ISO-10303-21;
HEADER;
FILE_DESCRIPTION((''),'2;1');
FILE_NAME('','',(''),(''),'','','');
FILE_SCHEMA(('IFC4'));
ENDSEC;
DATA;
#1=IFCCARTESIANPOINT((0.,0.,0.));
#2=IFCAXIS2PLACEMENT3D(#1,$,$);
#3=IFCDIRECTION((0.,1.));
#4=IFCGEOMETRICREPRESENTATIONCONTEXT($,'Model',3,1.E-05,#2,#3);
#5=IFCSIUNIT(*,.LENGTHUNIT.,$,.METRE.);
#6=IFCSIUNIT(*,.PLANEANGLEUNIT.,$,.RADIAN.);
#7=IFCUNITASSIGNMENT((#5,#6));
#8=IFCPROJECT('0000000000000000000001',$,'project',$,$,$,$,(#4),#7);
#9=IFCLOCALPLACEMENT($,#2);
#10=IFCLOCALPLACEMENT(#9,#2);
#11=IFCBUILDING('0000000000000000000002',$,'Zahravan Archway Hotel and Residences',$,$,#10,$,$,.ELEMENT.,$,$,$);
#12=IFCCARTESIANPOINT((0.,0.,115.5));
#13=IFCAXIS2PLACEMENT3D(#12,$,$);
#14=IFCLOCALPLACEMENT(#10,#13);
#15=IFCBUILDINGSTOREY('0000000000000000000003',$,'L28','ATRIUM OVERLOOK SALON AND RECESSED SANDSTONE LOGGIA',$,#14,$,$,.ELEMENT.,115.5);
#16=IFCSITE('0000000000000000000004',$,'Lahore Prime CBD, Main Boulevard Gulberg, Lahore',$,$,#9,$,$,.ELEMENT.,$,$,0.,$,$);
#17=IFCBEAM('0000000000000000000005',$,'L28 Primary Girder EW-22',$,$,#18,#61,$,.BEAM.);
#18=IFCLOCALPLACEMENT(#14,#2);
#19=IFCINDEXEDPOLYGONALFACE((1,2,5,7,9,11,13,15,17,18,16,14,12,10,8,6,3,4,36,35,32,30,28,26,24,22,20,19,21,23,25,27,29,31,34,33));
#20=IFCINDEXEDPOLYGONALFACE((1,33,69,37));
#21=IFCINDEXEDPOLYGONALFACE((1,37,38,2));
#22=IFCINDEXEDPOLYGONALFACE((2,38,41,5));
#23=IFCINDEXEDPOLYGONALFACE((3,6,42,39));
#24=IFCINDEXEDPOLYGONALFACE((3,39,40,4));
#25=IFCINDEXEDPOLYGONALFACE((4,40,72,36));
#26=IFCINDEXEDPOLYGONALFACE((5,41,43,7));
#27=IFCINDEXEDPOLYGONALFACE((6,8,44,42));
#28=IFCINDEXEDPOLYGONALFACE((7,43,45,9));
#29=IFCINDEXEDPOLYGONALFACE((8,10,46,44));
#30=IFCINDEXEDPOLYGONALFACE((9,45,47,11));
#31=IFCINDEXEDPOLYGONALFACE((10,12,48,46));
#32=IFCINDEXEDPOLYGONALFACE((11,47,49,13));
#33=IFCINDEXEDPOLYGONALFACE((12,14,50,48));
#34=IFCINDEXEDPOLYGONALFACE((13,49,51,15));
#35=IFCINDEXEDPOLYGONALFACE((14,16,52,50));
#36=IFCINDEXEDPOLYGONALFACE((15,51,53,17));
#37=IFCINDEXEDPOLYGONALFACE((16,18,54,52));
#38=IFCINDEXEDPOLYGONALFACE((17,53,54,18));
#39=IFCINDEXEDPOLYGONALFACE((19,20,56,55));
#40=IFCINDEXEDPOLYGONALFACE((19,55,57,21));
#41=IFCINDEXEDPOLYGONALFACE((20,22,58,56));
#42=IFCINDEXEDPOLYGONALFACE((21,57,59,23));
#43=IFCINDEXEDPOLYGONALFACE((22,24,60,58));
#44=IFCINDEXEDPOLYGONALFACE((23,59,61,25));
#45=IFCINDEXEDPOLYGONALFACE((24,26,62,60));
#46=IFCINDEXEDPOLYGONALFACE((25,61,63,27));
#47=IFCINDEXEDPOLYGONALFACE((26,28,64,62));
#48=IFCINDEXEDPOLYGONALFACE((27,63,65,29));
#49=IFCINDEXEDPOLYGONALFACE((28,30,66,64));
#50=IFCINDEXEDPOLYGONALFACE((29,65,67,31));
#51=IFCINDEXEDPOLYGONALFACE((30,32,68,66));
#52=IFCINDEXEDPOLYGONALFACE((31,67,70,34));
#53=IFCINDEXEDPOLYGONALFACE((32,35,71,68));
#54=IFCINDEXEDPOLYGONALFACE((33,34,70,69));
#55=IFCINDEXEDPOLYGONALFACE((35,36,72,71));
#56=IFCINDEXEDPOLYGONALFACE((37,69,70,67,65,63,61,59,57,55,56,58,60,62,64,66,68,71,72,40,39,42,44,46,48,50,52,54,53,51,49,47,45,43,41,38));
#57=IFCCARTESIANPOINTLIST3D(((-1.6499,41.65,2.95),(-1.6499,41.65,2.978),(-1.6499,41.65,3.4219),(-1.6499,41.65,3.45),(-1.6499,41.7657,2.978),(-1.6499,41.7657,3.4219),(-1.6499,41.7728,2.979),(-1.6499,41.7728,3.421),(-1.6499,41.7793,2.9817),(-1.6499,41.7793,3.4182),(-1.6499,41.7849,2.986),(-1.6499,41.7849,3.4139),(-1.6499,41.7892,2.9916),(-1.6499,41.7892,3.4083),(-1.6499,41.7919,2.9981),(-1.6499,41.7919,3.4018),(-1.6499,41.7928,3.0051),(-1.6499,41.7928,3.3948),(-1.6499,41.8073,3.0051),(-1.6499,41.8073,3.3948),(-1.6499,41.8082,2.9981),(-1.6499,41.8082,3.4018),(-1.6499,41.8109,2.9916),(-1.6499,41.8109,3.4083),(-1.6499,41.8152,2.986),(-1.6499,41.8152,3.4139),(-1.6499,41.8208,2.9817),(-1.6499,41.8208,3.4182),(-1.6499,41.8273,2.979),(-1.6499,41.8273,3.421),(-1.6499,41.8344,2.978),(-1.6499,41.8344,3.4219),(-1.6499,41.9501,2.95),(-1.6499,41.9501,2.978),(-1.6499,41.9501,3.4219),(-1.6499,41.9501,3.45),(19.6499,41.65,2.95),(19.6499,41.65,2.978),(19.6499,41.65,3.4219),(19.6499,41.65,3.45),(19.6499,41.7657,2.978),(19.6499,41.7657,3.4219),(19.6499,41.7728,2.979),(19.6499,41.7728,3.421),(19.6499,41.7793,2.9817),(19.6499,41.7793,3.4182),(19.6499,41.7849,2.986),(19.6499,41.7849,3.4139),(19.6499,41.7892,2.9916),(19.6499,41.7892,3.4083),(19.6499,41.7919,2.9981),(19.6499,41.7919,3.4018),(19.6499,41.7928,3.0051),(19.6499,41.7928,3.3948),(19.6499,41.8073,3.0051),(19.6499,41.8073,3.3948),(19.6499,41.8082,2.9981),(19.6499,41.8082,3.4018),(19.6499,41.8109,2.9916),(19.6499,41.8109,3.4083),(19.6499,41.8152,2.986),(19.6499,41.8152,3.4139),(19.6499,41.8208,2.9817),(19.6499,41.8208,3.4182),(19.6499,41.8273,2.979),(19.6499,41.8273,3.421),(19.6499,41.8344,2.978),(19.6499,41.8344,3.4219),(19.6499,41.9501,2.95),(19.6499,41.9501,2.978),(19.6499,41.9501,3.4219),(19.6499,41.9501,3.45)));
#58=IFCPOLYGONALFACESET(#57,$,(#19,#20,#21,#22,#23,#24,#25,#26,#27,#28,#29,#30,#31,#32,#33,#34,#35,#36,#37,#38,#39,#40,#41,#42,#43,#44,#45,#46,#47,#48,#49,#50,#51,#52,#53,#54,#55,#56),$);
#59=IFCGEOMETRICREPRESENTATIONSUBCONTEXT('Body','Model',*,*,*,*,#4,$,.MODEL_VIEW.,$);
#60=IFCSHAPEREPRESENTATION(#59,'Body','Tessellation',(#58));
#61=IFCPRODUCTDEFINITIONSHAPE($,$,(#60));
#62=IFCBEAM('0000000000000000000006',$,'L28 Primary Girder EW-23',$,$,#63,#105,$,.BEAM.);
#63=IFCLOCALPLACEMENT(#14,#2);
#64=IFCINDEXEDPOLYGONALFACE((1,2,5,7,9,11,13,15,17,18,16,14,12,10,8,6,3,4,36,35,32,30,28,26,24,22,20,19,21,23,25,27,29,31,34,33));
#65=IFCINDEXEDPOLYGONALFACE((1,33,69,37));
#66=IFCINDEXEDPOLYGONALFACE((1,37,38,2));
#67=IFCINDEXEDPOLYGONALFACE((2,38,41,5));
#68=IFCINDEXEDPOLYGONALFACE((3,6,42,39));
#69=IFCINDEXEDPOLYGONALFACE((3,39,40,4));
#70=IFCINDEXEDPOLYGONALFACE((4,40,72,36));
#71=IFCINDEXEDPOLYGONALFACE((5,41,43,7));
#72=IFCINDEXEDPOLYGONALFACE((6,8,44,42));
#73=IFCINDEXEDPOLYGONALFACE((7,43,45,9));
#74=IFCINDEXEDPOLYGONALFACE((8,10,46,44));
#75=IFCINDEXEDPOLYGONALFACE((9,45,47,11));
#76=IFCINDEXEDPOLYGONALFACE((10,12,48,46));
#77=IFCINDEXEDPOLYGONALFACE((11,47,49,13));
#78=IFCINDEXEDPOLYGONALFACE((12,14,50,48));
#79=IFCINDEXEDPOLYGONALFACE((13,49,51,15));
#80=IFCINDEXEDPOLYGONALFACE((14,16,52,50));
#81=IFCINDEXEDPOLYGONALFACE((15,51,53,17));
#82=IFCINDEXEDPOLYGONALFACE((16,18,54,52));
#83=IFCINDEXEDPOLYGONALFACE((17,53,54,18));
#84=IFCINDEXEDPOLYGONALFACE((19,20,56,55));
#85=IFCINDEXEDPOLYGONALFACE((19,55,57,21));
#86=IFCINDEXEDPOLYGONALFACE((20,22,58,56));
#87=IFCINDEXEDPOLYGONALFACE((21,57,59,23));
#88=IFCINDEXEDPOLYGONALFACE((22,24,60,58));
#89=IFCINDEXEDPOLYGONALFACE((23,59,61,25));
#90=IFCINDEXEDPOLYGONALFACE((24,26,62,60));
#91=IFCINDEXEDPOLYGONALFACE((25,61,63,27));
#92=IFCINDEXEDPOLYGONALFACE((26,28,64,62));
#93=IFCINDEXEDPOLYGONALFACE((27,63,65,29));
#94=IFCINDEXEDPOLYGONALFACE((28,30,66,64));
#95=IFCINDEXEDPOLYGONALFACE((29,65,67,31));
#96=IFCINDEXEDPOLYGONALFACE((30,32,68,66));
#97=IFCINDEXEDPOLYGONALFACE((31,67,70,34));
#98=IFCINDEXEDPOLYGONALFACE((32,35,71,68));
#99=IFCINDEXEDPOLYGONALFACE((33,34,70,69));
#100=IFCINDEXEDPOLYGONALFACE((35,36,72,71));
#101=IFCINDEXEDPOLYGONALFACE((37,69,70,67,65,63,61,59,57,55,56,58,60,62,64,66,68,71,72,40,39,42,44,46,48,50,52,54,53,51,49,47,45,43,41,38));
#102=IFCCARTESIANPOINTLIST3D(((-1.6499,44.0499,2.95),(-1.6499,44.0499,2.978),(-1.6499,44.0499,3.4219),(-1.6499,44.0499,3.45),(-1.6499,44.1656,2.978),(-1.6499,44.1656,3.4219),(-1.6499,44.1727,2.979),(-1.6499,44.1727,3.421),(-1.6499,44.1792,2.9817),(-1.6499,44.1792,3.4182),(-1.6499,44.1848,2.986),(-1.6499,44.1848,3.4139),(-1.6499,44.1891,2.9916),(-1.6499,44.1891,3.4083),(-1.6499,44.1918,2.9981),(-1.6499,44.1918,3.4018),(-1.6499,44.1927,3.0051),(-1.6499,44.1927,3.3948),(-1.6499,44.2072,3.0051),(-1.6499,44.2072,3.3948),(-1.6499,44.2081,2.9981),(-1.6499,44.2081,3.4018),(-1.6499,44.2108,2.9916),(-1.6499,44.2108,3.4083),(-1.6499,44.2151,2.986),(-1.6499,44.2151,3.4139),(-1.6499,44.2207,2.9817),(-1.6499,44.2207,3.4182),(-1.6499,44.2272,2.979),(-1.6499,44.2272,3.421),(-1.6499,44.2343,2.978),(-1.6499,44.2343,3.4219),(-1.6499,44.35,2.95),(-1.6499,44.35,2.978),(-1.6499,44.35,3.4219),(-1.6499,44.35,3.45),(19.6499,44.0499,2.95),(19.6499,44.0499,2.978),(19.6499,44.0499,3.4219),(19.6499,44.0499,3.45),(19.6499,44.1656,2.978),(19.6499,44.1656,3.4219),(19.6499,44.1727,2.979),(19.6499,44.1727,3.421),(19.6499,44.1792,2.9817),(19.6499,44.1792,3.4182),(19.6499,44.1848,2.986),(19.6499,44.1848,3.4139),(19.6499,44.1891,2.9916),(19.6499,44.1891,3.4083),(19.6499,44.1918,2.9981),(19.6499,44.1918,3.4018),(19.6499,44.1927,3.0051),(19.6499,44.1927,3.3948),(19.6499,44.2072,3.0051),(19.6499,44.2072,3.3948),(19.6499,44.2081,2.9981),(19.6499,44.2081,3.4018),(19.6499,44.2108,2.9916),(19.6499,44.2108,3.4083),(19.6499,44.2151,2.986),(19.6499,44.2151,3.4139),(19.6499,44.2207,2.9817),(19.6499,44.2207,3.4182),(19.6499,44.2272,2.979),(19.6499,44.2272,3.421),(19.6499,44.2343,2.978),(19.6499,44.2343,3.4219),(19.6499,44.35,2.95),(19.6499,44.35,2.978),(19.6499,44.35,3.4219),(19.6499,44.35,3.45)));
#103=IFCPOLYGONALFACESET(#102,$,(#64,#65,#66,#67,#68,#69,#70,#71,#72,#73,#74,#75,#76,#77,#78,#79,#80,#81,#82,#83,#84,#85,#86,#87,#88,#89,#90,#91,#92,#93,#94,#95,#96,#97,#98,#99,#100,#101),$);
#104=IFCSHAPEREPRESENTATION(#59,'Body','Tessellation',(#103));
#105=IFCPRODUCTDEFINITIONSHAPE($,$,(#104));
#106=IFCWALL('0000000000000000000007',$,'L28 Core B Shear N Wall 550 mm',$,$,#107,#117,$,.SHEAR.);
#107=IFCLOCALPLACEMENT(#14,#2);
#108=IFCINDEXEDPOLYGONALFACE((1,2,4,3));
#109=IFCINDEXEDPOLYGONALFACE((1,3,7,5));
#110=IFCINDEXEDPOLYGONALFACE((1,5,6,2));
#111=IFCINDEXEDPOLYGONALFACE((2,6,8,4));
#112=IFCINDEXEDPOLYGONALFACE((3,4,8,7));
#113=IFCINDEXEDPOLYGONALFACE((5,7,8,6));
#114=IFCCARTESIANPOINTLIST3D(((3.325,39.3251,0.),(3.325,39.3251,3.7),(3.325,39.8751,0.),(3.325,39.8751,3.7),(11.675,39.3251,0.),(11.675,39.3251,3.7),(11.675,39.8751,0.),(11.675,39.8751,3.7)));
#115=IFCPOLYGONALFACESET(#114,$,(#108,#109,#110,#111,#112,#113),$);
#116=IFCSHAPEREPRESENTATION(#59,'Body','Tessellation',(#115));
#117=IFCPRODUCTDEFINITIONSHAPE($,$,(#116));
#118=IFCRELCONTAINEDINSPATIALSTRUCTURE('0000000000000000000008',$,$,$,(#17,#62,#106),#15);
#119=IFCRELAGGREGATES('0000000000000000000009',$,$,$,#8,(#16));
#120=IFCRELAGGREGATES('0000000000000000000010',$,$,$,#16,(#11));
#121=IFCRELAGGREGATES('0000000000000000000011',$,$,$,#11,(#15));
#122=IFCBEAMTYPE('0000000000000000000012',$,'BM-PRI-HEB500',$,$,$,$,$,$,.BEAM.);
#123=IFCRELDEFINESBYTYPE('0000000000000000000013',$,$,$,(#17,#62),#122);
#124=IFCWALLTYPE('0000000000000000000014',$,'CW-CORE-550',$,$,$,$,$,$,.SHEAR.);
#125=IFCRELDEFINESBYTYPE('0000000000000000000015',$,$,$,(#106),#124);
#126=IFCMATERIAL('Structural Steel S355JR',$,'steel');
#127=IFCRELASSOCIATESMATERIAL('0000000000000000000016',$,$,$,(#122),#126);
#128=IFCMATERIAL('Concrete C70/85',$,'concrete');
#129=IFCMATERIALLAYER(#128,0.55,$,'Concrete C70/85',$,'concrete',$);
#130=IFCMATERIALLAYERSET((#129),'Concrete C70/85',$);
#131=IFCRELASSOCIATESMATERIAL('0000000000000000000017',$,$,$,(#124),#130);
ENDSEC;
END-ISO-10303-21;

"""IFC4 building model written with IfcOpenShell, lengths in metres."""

from ifc_helpers import new_model, si_unit, direction, frame, frame_2d, origin, origin_2d, place, context, subcontext, project, spatial, rectangle, i_section, extrude, source, transform, mapped, material, layer, layer_set, material_profile, profile_set, type_object, element, save


model = new_model("IFC4")

# Units and contexts
model_context = context("Model", 3, precision=1e-05, world=origin(), true_north=direction((0.0, 1.0)))
body_context = subcontext(model_context, "Body", "Model", "MODEL_VIEW")
ifc_project = project(units=[si_unit("LENGTHUNIT", "METRE"), si_unit("PLANEANGLEUNIT", "RADIAN")], contexts=[model_context])

# Site, building, storey
site_placement = place(None, origin())
site = spatial("IfcSite", under=ifc_project, at=site_placement, Name="Lahore Prime CBD, Main Boulevard Gulberg, Lahore", CompositionType="ELEMENT", RefElevation=0.0)
building_placement = place(site_placement, origin())
building = spatial("IfcBuilding", under=site, at=building_placement, Name="Zahravan Archway Hotel and Residences", CompositionType="ELEMENT")
storey_placement = place(building_placement, frame((0.0, 0.0, 115.5)))
storey = spatial("IfcBuildingStorey", under=building, at=storey_placement, Name="L28", Description="ATRIUM OVERLOOK SALON AND RECESSED SANDSTONE LOGGIA", CompositionType="ELEMENT", Elevation=115.5)

# Beams
ifc_material_1 = material(Name="Structural Steel S355JR", Category="steel")
ifc_material_profile_1 = material_profile(ifc_material_1, i_section(OverallWidth=0.3, OverallDepth=0.5, WebThickness=0.0144, FlangeThickness=0.0281, FilletRadius=0.0271, at=origin_2d()), Name="HEB 500", Category="steel")
ifc_profile_set_1 = profile_set([ifc_material_profile_1], Name="Structural Steel S355JR")
beam_type_1 = type_object("IfcBeamType", Name="BM-PRI-HEB500", PredefinedType="BEAM", material=ifc_profile_set_1)
shared_shape_1 = source(origin(), body_context, "Body", "SweptSolid", [
    extrude(i_section(OverallWidth=0.3, OverallDepth=0.5, WebThickness=0.0144, FlangeThickness=0.0281, FilletRadius=0.0271, at=origin_2d()), origin(), (0.0, 0.0, 1.0), 21.2998),
])
for number, where, z_axis, x_axis, name in (
    (1, (-1.6499, 41.8, 3.2), (1.0, 0.0, 0.0), (0.0, 1.0, 0.0), "L28 Primary Girder EW-22"),
    (2, (-1.6499, 44.2, 3.2), (1.0, 0.0, 0.0), (0.0, 1.0, 0.0), "L28 Primary Girder EW-23"),
):
    element("IfcBeam", number, at=place(storey_placement, frame(where, z_axis=z_axis, x_axis=x_axis)), inside=storey, type_object=beam_type_1, Name=name, PredefinedType="BEAM", context=body_context, shape_type="MappedRepresentation", body=[
        mapped(shared_shape_1, transform((0.0, 0.0, 0.0), scale=1.0)),
    ])

# Wall
ifc_material_2 = material(Name="Concrete C70/85", Category="concrete")
ifc_layer_1 = layer(ifc_material_2, 0.55, Name="Concrete C70/85", Category="concrete")
ifc_layer_set_1 = layer_set([ifc_layer_1], Name="Concrete C70/85")
wall_type_1 = type_object("IfcWallType", Name="CW-CORE-550", PredefinedType="SHEAR", material=ifc_layer_set_1)
wall_1_placement = place(storey_placement, frame((3.325, 39.6001, 0.0), z_axis=(0.0, 0.0, 1.0), x_axis=(1.0, 0.0, 0.0)))
element("IfcWall", 3, at=wall_1_placement, inside=storey, type_object=wall_type_1, Name="L28 Core B Shear N Wall 550 mm", PredefinedType="SHEAR", context=body_context, shape_type="SweptSolid", body=[
    extrude(rectangle(XDim=8.3501, YDim=0.55, at=frame_2d((4.175, 0.0))), origin(), (0.0, 0.0, 1.0), 3.7),
])

save(model, "model.ifc")
